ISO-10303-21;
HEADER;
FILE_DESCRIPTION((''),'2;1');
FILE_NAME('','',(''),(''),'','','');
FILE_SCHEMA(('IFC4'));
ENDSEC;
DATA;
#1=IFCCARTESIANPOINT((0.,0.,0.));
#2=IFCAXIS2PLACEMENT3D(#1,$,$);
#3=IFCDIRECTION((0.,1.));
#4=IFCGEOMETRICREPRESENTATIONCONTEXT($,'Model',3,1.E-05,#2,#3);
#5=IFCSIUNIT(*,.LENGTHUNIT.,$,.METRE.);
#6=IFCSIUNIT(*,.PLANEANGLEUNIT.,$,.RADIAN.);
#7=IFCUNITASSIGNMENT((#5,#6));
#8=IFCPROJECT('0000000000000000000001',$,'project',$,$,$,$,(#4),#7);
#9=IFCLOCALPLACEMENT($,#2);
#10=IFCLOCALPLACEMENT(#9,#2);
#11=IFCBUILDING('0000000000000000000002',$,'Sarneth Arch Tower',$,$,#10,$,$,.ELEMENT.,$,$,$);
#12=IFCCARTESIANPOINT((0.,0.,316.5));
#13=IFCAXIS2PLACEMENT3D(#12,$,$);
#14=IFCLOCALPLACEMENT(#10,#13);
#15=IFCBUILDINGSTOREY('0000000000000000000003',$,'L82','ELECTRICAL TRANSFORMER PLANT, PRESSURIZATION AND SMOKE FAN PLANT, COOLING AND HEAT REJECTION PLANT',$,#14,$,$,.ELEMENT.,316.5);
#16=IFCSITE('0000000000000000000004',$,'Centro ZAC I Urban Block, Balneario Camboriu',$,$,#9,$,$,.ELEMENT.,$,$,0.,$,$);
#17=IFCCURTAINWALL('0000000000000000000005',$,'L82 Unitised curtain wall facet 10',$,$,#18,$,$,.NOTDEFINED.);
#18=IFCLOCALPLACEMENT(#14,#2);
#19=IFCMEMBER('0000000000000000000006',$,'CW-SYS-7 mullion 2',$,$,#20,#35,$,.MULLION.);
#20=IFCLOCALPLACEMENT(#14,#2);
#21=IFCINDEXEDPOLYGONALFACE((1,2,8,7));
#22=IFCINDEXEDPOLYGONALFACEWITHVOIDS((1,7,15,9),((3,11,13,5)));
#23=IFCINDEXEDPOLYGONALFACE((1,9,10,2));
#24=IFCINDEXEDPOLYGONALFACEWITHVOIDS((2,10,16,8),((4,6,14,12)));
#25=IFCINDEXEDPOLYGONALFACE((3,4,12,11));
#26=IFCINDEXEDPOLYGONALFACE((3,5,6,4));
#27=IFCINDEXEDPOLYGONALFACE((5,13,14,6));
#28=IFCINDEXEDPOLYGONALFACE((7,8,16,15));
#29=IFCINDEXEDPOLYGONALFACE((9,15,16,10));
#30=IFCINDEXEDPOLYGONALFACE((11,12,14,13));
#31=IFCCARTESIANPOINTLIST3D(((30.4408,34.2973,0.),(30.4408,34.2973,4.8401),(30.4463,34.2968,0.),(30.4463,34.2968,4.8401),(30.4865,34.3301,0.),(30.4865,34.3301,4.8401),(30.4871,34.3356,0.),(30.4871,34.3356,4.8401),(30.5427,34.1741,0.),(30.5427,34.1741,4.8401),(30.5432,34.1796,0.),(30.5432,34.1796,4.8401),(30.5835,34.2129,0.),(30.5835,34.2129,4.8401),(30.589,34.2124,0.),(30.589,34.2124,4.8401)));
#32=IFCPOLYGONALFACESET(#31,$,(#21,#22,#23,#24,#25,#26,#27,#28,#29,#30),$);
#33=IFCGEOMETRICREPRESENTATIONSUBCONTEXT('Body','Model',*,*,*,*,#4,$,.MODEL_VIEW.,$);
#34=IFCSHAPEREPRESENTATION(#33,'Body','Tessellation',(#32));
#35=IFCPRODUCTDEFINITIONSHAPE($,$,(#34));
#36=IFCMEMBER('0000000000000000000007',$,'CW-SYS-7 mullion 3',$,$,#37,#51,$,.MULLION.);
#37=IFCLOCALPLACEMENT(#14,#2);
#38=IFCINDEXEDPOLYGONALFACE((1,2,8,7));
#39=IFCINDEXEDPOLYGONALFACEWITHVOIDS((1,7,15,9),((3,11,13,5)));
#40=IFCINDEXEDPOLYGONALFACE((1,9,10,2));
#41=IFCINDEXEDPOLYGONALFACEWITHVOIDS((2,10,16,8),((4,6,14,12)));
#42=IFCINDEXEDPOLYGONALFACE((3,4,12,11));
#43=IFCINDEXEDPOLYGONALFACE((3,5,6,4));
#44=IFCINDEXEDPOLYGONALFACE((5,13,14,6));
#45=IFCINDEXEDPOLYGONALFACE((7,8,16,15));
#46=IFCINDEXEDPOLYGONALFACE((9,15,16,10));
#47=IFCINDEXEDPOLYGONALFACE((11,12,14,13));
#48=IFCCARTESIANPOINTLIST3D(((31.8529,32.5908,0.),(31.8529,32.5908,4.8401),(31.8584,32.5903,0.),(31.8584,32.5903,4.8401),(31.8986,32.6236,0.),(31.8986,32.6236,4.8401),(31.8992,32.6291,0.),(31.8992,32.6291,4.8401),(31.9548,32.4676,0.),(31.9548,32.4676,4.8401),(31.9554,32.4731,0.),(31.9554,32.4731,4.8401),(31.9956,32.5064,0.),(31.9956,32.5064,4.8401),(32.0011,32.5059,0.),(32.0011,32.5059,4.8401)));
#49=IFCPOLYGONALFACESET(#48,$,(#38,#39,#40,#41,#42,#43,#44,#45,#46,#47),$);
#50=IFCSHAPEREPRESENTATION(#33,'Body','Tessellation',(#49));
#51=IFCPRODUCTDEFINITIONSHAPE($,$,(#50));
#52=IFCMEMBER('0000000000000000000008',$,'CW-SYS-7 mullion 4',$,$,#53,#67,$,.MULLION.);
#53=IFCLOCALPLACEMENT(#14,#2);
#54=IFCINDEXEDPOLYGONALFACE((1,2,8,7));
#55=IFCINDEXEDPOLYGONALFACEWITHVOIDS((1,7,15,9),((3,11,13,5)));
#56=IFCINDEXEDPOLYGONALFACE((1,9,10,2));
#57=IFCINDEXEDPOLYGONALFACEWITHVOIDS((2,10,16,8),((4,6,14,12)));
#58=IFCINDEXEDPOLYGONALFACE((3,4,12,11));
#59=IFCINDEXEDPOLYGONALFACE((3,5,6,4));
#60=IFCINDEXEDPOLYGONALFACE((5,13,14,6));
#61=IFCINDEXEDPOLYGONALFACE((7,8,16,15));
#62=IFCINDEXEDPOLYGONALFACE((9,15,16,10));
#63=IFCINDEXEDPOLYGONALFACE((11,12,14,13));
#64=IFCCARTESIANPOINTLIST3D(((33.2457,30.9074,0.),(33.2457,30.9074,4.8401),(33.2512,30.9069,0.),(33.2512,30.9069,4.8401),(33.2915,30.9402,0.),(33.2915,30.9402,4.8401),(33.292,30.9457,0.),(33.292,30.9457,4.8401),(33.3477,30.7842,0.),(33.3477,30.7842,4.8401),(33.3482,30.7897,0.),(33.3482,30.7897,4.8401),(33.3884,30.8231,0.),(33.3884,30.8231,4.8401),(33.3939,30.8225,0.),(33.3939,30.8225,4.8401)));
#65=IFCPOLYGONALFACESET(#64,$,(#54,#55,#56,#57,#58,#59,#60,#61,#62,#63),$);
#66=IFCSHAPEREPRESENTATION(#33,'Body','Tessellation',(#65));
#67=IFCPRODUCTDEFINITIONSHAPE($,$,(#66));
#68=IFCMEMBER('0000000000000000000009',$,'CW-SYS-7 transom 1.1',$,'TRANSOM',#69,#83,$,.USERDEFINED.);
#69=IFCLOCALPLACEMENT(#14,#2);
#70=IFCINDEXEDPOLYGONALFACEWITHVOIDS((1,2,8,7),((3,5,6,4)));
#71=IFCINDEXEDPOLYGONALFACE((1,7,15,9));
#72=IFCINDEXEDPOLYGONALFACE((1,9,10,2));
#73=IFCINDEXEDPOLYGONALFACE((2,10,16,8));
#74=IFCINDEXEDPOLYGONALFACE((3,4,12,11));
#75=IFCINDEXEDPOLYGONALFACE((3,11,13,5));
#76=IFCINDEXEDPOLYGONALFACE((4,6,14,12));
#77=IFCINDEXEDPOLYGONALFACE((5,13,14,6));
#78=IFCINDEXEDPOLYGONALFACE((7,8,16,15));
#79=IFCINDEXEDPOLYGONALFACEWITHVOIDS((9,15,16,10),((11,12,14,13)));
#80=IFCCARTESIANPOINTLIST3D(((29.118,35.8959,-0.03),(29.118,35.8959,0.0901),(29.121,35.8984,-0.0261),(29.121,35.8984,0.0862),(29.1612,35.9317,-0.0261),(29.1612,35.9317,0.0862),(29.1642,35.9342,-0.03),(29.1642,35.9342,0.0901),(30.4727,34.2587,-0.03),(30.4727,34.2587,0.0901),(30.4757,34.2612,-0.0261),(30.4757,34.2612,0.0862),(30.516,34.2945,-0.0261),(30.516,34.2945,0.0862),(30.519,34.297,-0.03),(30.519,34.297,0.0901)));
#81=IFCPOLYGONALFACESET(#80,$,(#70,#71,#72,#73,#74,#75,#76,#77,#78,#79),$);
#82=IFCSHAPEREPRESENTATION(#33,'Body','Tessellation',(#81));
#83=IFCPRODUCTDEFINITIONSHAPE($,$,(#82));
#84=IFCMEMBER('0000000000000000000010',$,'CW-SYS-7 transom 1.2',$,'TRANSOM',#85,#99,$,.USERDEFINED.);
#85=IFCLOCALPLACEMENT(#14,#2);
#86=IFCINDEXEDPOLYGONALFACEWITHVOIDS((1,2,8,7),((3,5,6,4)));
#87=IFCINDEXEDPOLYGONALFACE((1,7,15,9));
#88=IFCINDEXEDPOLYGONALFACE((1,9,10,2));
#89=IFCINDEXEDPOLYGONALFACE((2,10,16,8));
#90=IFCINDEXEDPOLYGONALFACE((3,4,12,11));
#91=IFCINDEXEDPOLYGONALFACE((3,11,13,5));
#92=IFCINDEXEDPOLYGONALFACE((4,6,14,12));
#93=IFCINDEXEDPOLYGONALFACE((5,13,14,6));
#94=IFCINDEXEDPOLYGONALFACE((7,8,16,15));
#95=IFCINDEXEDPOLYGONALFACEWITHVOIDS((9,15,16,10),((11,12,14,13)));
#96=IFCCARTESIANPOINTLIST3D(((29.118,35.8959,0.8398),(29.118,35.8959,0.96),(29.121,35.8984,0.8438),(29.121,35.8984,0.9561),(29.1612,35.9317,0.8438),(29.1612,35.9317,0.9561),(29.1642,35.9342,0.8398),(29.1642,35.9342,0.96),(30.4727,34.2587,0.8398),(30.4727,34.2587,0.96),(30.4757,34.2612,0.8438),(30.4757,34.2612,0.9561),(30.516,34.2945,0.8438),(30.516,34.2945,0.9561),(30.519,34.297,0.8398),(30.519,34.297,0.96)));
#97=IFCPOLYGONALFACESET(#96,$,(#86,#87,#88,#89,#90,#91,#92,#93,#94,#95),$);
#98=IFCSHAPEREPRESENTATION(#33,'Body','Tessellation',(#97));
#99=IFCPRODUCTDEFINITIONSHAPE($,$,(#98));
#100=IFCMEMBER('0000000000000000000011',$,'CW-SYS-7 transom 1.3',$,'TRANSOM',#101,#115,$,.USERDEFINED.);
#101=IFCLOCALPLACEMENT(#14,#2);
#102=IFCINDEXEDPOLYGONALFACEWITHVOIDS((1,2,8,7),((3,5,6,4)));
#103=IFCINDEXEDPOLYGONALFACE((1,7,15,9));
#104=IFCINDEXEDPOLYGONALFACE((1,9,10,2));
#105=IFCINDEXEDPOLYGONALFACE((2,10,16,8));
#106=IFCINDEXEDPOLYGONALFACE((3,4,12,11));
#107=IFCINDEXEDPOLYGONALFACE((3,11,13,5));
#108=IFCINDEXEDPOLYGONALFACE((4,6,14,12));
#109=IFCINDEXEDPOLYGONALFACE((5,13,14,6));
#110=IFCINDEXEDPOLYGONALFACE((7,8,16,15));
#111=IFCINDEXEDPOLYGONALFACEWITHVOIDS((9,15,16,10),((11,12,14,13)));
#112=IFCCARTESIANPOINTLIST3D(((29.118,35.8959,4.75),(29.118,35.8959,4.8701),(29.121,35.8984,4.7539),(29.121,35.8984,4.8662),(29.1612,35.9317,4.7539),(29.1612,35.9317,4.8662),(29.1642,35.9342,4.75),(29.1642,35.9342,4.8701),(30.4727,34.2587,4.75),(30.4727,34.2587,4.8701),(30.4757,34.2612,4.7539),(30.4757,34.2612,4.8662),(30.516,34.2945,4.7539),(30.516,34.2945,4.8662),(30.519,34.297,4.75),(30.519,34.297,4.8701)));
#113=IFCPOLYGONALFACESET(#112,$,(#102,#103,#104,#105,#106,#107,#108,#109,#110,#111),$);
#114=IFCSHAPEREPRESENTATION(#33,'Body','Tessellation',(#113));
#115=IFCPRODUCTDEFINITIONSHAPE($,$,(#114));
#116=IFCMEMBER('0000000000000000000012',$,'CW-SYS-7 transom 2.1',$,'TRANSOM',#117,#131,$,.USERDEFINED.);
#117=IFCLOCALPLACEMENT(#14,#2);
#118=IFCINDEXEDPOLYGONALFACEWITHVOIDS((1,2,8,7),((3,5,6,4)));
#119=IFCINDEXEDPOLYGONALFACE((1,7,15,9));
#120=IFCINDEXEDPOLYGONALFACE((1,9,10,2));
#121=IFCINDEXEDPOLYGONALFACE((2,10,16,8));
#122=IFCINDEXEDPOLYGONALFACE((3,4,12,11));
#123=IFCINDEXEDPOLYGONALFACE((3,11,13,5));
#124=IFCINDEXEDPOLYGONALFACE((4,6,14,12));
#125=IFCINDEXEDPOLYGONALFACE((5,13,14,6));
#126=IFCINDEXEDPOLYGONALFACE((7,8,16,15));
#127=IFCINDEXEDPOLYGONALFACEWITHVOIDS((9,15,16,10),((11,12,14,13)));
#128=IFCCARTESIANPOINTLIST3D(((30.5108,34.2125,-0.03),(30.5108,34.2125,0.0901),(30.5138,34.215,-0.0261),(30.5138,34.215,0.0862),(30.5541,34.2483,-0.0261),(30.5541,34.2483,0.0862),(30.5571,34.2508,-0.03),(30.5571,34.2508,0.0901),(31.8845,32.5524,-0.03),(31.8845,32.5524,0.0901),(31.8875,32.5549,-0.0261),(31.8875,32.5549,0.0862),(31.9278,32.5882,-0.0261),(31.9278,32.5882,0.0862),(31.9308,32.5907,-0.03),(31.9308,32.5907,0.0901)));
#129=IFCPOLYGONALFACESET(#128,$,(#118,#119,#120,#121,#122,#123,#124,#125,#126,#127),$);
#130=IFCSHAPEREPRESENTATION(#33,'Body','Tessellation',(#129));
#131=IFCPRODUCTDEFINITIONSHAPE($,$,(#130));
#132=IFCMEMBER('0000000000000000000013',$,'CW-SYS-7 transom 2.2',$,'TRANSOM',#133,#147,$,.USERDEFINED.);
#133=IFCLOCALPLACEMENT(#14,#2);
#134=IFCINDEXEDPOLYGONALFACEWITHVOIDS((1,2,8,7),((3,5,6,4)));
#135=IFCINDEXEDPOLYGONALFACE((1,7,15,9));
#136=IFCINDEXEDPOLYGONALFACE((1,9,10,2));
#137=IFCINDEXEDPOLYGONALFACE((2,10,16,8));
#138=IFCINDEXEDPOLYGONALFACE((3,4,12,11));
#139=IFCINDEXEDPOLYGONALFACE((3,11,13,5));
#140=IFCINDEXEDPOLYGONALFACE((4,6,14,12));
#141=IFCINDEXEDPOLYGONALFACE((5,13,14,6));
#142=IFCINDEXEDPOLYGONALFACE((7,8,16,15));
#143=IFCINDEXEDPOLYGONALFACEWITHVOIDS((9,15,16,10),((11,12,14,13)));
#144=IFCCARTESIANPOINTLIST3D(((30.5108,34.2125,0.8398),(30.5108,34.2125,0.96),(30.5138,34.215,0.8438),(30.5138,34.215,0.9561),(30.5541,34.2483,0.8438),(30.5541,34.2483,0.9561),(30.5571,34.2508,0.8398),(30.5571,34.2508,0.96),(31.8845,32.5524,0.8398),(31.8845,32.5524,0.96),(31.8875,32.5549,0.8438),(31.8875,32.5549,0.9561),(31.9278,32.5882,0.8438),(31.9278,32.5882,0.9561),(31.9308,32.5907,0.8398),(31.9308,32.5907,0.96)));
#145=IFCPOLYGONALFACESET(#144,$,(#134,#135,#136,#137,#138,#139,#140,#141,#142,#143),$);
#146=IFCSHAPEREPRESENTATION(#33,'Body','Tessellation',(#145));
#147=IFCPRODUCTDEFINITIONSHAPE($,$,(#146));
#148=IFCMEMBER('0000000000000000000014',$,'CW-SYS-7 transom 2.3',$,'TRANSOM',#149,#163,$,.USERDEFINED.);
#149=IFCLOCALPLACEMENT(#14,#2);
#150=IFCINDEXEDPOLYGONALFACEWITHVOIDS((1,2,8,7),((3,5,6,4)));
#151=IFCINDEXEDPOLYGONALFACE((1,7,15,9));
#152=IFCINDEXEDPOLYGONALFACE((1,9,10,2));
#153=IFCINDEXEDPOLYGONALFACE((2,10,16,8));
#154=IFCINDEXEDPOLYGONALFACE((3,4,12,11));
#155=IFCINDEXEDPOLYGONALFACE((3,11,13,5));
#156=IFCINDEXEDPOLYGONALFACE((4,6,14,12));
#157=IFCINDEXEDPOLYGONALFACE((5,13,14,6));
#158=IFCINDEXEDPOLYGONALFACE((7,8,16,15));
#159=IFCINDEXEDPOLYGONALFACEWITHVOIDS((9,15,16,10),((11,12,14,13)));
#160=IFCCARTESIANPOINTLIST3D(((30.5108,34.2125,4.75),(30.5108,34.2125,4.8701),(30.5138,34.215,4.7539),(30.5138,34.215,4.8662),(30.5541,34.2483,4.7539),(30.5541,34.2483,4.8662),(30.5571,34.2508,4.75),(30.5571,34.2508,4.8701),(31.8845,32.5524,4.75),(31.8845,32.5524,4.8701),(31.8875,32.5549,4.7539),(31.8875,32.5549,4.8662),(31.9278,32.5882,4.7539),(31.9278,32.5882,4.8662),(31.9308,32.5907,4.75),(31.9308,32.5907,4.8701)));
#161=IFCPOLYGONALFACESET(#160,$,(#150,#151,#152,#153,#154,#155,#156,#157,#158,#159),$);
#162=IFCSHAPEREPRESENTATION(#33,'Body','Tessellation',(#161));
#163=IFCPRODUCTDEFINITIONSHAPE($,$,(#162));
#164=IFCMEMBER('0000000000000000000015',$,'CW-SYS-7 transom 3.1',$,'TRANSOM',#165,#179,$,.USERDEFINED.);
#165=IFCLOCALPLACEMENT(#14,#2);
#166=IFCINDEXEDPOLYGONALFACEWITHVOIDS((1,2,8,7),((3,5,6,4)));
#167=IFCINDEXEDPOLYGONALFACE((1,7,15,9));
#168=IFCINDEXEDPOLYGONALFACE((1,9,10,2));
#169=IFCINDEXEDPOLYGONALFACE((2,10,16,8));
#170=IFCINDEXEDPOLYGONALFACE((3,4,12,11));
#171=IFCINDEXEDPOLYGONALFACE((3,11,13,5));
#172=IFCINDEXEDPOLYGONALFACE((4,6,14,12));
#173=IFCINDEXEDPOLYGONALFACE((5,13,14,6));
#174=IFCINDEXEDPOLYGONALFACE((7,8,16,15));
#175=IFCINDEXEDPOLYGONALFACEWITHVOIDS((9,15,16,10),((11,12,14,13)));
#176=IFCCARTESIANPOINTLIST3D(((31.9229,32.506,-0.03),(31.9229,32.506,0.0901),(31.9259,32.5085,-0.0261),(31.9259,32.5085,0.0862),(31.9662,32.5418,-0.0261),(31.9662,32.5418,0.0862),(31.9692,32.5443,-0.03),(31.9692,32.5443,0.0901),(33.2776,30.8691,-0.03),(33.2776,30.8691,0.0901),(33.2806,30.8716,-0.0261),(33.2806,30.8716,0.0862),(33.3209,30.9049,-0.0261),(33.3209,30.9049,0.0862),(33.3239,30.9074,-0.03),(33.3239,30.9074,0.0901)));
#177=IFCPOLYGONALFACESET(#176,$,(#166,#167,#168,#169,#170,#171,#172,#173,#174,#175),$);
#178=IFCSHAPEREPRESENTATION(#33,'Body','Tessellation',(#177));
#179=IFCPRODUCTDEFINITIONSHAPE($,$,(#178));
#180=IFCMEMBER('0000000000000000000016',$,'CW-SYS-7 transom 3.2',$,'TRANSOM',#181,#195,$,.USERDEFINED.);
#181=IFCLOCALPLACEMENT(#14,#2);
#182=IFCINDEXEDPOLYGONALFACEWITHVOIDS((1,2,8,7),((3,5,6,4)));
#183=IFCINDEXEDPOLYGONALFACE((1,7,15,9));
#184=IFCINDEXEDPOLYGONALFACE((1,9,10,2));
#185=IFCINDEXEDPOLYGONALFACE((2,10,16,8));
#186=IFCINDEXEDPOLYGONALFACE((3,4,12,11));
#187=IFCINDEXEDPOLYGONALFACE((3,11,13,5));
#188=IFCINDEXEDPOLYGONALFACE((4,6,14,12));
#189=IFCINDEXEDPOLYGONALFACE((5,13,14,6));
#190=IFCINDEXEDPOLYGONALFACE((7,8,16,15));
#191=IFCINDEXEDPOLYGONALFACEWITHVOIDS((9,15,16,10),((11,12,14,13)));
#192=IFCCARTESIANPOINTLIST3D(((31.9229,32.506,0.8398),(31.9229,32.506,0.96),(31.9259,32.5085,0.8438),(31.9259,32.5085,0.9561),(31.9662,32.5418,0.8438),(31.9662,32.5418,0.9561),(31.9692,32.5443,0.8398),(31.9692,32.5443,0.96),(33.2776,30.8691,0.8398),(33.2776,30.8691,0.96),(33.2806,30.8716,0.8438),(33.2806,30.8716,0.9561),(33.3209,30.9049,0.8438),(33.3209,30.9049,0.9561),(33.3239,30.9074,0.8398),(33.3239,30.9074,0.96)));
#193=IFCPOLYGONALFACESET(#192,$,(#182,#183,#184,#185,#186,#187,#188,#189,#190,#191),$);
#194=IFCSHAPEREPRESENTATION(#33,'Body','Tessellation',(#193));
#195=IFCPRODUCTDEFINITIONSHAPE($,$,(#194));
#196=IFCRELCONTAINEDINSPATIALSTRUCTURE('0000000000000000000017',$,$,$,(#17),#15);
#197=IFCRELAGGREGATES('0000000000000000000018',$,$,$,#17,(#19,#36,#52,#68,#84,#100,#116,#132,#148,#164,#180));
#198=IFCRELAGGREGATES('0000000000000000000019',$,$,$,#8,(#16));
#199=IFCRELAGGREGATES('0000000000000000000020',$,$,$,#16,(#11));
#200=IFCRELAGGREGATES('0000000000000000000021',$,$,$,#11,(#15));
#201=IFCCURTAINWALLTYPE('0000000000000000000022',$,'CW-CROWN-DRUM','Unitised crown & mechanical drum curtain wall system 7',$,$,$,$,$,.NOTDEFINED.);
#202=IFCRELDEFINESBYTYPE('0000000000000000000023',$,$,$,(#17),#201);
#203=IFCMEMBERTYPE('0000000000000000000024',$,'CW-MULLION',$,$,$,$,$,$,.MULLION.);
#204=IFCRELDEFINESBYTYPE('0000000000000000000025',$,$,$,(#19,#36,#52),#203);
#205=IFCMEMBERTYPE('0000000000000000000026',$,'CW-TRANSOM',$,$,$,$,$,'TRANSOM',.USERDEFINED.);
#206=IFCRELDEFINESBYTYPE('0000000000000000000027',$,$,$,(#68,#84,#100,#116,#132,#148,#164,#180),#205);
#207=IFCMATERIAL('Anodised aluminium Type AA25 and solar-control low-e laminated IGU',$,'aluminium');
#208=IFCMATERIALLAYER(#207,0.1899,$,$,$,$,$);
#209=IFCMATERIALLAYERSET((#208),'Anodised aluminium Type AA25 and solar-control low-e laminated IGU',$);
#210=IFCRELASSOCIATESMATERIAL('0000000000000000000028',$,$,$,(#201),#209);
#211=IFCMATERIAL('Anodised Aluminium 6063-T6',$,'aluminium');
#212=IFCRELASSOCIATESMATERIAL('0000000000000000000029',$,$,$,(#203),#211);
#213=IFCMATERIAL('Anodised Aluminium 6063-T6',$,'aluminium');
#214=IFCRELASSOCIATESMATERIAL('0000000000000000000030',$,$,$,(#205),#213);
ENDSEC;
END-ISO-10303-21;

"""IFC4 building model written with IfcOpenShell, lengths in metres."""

from ifc_helpers import new_model, si_unit, direction, frame, origin, origin_2d, place, context, subcontext, project, spatial, hollow_rectangle, extrude, material, layer, layer_set, material_profile, profile_set, type_object, element, aggregate, save


model = new_model("IFC4")

# Units and contexts
model_context = context("Model", 3, precision=1e-05, world=origin(), true_north=direction((0.0, 1.0)))
body_context = subcontext(model_context, "Body", "Model", "MODEL_VIEW")
ifc_project = project(units=[si_unit("LENGTHUNIT", "METRE"), si_unit("PLANEANGLEUNIT", "RADIAN")], contexts=[model_context])

# Site, building, storey
site_placement = place(None, origin())
site = spatial("IfcSite", under=ifc_project, at=site_placement, Name="Centro ZAC I Urban Block, Balneario Camboriu", CompositionType="ELEMENT", RefElevation=0.0)
building_placement = place(site_placement, origin())
building = spatial("IfcBuilding", under=site, at=building_placement, Name="Sarneth Arch Tower", CompositionType="ELEMENT")
storey_placement = place(building_placement, frame((0.0, 0.0, 316.5)))
storey = spatial("IfcBuildingStorey", under=building, at=storey_placement, Name="L82", Description="ELECTRICAL TRANSFORMER PLANT, PRESSURIZATION AND SMOKE FAN PLANT, COOLING AND HEAT REJECTION PLANT", CompositionType="ELEMENT", Elevation=316.5)

# Curtain wall, members
ifc_material_1 = material(Name="Anodised aluminium Type AA25 and solar-control low-e laminated IGU", Category="aluminium")
ifc_layer_1 = layer(ifc_material_1, 0.1899)
ifc_layer_set_1 = layer_set([ifc_layer_1], Name="Anodised aluminium Type AA25 and solar-control low-e laminated IGU")
curtain_wall_type = type_object("IfcCurtainWallType", Name="CW-CROWN-DRUM", Description="Unitised crown & mechanical drum curtain wall system 7", PredefinedType="NOTDEFINED", material=ifc_layer_set_1)
curtain_wall_placement = place(storey_placement, origin())
curtain_wall = element("IfcCurtainWall", 1, at=curtain_wall_placement, inside=storey, type_object=curtain_wall_type, Name="L82 Unitised curtain wall facet 10", PredefinedType="NOTDEFINED")
ifc_material_2 = material(Name="Anodised Aluminium 6063-T6", Category="aluminium")
ifc_material_profile_1 = material_profile(ifc_material_2, hollow_rectangle(XDim=0.0601, YDim=0.1599, WallThickness=0.0039, at=origin_2d()), Name="AL-MULL-160x60x4")
ifc_profile_set_1 = profile_set([ifc_material_profile_1], Name="Anodised Aluminium 6063-T6")
member_type_1 = type_object("IfcMemberType", Name="CW-MULLION", PredefinedType="MULLION", material=ifc_profile_set_1)
member_1_placement = place(storey_placement, frame((30.5149, 34.2549, 0.0), z_axis=(0.0, 0.0, 1.0), x_axis=(0.770446, 0.637505, 0.0)))
member_1 = element("IfcMember", 2, at=member_1_placement, type_object=member_type_1, Name="CW-SYS-7 mullion 2", PredefinedType="MULLION", context=body_context, shape_type="SweptSolid", body=[
    extrude(hollow_rectangle(XDim=0.0601, YDim=0.1599, WallThickness=0.0039, at=origin_2d()), origin(), (0.0, 0.0, 1.0), 4.8401),
])
member_2_placement = place(storey_placement, frame((31.927, 32.5483, 0.0), z_axis=(0.0, 0.0, 1.0), x_axis=(0.770446, 0.637505, 0.0)))
member_2 = element("IfcMember", 3, at=member_2_placement, type_object=member_type_1, Name="CW-SYS-7 mullion 3", PredefinedType="MULLION", context=body_context, shape_type="SweptSolid", body=[
    extrude(hollow_rectangle(XDim=0.0601, YDim=0.1599, WallThickness=0.0039, at=origin_2d()), origin(), (0.0, 0.0, 1.0), 4.8401),
])
member_3_placement = place(storey_placement, frame((33.3198, 30.865, 0.0), z_axis=(0.0, 0.0, 1.0), x_axis=(0.770446, 0.637505, 0.0)))
member_3 = element("IfcMember", 4, at=member_3_placement, type_object=member_type_1, Name="CW-SYS-7 mullion 4", PredefinedType="MULLION", context=body_context, shape_type="SweptSolid", body=[
    extrude(hollow_rectangle(XDim=0.0601, YDim=0.1599, WallThickness=0.0039, at=origin_2d()), origin(), (0.0, 0.0, 1.0), 4.8401),
])
ifc_material_3 = material(Name="Anodised Aluminium 6063-T6", Category="aluminium")
ifc_material_profile_2 = material_profile(ifc_material_3, hollow_rectangle(XDim=0.0601, YDim=0.1201, WallThickness=0.0039, at=origin_2d()), Name="AL-TRAN-120x60x4")
ifc_profile_set_2 = profile_set([ifc_material_profile_2], Name="Anodised Aluminium 6063-T6")
member_type_2 = type_object("IfcMemberType", Name="CW-TRANSOM", ElementType="TRANSOM", PredefinedType="USERDEFINED", material=ifc_profile_set_2)
member_4_placement = place(storey_placement, frame((29.1411, 35.915, 0.03), z_axis=(0.637514, -0.770439, 0.0), x_axis=(0.770439, 0.637514, 0.0)))
member_4 = element("IfcMember", 5, at=member_4_placement, type_object=member_type_2, Name="CW-SYS-7 transom 1.1", ObjectType="TRANSOM", PredefinedType="USERDEFINED", context=body_context, shape_type="SweptSolid", body=[
    extrude(hollow_rectangle(XDim=0.0601, YDim=0.1201, WallThickness=0.0039, at=origin_2d()), origin(), (0.0, 0.0, 1.0), 2.125),
])
member_5_placement = place(storey_placement, frame((29.1411, 35.915, 0.8999), z_axis=(0.637514, -0.770439, 0.0), x_axis=(0.770439, 0.637514, 0.0)))
member_5 = element("IfcMember", 6, at=member_5_placement, type_object=member_type_2, Name="CW-SYS-7 transom 1.2", ObjectType="TRANSOM", PredefinedType="USERDEFINED", context=body_context, shape_type="SweptSolid", body=[
    extrude(hollow_rectangle(XDim=0.0601, YDim=0.1201, WallThickness=0.0039, at=origin_2d()), origin(), (0.0, 0.0, 1.0), 2.125),
])
member_6_placement = place(storey_placement, frame((29.1411, 35.915, 4.8101), z_axis=(0.637514, -0.770439, 0.0), x_axis=(0.770439, 0.637514, 0.0)))
member_6 = element("IfcMember", 7, at=member_6_placement, type_object=member_type_2, Name="CW-SYS-7 transom 1.3", ObjectType="TRANSOM", PredefinedType="USERDEFINED", context=body_context, shape_type="SweptSolid", body=[
    extrude(hollow_rectangle(XDim=0.0601, YDim=0.1201, WallThickness=0.0039, at=origin_2d()), origin(), (0.0, 0.0, 1.0), 2.125),
])
member_7_placement = place(storey_placement, frame((30.5339, 34.2317, 0.03), z_axis=(0.637528, -0.770427, 0.0), x_axis=(0.770427, 0.637528, 0.0)))
member_7 = element("IfcMember", 8, at=member_7_placement, type_object=member_type_2, Name="CW-SYS-7 transom 2.1", ObjectType="TRANSOM", PredefinedType="USERDEFINED", context=body_context, shape_type="SweptSolid", body=[
    extrude(hollow_rectangle(XDim=0.0601, YDim=0.1201, WallThickness=0.0039, at=origin_2d()), origin(), (0.0, 0.0, 1.0), 2.1548),
])
member_8_placement = place(storey_placement, frame((30.5339, 34.2317, 0.8999), z_axis=(0.637528, -0.770427, 0.0), x_axis=(0.770427, 0.637528, 0.0)))
member_8 = element("IfcMember", 9, at=member_8_placement, type_object=member_type_2, Name="CW-SYS-7 transom 2.2", ObjectType="TRANSOM", PredefinedType="USERDEFINED", context=body_context, shape_type="SweptSolid", body=[
    extrude(hollow_rectangle(XDim=0.0601, YDim=0.1201, WallThickness=0.0039, at=origin_2d()), origin(), (0.0, 0.0, 1.0), 2.1548),
])
member_9_placement = place(storey_placement, frame((30.5339, 34.2317, 4.8101), z_axis=(0.637528, -0.770427, 0.0), x_axis=(0.770427, 0.637528, 0.0)))
member_9 = element("IfcMember", 10, at=member_9_placement, type_object=member_type_2, Name="CW-SYS-7 transom 2.3", ObjectType="TRANSOM", PredefinedType="USERDEFINED", context=body_context, shape_type="SweptSolid", body=[
    extrude(hollow_rectangle(XDim=0.0601, YDim=0.1201, WallThickness=0.0039, at=origin_2d()), origin(), (0.0, 0.0, 1.0), 2.1548),
])
member_10_placement = place(storey_placement, frame((31.946, 32.5251, 0.03), z_axis=(0.63757, -0.770392, 0.0), x_axis=(0.770392, 0.63757, 0.0)))
member_10 = element("IfcMember", 11, at=member_10_placement, type_object=member_type_2, Name="CW-SYS-7 transom 3.1", ObjectType="TRANSOM", PredefinedType="USERDEFINED", context=body_context, shape_type="SweptSolid", body=[
    extrude(hollow_rectangle(XDim=0.0601, YDim=0.1201, WallThickness=0.0039, at=origin_2d()), origin(), (0.0, 0.0, 1.0), 2.1248),
])
member_11_placement = place(storey_placement, frame((31.946, 32.5251, 0.8999), z_axis=(0.63757, -0.770392, 0.0), x_axis=(0.770392, 0.63757, 0.0)))
member_11 = element("IfcMember", 12, at=member_11_placement, type_object=member_type_2, Name="CW-SYS-7 transom 3.2", ObjectType="TRANSOM", PredefinedType="USERDEFINED", context=body_context, shape_type="SweptSolid", body=[
    extrude(hollow_rectangle(XDim=0.0601, YDim=0.1201, WallThickness=0.0039, at=origin_2d()), origin(), (0.0, 0.0, 1.0), 2.1248),
])
aggregate(curtain_wall, [member_1, member_2, member_3, member_4, member_5, member_6, member_7, member_8, member_9, member_10, member_11])

save(model, "model.ifc")
